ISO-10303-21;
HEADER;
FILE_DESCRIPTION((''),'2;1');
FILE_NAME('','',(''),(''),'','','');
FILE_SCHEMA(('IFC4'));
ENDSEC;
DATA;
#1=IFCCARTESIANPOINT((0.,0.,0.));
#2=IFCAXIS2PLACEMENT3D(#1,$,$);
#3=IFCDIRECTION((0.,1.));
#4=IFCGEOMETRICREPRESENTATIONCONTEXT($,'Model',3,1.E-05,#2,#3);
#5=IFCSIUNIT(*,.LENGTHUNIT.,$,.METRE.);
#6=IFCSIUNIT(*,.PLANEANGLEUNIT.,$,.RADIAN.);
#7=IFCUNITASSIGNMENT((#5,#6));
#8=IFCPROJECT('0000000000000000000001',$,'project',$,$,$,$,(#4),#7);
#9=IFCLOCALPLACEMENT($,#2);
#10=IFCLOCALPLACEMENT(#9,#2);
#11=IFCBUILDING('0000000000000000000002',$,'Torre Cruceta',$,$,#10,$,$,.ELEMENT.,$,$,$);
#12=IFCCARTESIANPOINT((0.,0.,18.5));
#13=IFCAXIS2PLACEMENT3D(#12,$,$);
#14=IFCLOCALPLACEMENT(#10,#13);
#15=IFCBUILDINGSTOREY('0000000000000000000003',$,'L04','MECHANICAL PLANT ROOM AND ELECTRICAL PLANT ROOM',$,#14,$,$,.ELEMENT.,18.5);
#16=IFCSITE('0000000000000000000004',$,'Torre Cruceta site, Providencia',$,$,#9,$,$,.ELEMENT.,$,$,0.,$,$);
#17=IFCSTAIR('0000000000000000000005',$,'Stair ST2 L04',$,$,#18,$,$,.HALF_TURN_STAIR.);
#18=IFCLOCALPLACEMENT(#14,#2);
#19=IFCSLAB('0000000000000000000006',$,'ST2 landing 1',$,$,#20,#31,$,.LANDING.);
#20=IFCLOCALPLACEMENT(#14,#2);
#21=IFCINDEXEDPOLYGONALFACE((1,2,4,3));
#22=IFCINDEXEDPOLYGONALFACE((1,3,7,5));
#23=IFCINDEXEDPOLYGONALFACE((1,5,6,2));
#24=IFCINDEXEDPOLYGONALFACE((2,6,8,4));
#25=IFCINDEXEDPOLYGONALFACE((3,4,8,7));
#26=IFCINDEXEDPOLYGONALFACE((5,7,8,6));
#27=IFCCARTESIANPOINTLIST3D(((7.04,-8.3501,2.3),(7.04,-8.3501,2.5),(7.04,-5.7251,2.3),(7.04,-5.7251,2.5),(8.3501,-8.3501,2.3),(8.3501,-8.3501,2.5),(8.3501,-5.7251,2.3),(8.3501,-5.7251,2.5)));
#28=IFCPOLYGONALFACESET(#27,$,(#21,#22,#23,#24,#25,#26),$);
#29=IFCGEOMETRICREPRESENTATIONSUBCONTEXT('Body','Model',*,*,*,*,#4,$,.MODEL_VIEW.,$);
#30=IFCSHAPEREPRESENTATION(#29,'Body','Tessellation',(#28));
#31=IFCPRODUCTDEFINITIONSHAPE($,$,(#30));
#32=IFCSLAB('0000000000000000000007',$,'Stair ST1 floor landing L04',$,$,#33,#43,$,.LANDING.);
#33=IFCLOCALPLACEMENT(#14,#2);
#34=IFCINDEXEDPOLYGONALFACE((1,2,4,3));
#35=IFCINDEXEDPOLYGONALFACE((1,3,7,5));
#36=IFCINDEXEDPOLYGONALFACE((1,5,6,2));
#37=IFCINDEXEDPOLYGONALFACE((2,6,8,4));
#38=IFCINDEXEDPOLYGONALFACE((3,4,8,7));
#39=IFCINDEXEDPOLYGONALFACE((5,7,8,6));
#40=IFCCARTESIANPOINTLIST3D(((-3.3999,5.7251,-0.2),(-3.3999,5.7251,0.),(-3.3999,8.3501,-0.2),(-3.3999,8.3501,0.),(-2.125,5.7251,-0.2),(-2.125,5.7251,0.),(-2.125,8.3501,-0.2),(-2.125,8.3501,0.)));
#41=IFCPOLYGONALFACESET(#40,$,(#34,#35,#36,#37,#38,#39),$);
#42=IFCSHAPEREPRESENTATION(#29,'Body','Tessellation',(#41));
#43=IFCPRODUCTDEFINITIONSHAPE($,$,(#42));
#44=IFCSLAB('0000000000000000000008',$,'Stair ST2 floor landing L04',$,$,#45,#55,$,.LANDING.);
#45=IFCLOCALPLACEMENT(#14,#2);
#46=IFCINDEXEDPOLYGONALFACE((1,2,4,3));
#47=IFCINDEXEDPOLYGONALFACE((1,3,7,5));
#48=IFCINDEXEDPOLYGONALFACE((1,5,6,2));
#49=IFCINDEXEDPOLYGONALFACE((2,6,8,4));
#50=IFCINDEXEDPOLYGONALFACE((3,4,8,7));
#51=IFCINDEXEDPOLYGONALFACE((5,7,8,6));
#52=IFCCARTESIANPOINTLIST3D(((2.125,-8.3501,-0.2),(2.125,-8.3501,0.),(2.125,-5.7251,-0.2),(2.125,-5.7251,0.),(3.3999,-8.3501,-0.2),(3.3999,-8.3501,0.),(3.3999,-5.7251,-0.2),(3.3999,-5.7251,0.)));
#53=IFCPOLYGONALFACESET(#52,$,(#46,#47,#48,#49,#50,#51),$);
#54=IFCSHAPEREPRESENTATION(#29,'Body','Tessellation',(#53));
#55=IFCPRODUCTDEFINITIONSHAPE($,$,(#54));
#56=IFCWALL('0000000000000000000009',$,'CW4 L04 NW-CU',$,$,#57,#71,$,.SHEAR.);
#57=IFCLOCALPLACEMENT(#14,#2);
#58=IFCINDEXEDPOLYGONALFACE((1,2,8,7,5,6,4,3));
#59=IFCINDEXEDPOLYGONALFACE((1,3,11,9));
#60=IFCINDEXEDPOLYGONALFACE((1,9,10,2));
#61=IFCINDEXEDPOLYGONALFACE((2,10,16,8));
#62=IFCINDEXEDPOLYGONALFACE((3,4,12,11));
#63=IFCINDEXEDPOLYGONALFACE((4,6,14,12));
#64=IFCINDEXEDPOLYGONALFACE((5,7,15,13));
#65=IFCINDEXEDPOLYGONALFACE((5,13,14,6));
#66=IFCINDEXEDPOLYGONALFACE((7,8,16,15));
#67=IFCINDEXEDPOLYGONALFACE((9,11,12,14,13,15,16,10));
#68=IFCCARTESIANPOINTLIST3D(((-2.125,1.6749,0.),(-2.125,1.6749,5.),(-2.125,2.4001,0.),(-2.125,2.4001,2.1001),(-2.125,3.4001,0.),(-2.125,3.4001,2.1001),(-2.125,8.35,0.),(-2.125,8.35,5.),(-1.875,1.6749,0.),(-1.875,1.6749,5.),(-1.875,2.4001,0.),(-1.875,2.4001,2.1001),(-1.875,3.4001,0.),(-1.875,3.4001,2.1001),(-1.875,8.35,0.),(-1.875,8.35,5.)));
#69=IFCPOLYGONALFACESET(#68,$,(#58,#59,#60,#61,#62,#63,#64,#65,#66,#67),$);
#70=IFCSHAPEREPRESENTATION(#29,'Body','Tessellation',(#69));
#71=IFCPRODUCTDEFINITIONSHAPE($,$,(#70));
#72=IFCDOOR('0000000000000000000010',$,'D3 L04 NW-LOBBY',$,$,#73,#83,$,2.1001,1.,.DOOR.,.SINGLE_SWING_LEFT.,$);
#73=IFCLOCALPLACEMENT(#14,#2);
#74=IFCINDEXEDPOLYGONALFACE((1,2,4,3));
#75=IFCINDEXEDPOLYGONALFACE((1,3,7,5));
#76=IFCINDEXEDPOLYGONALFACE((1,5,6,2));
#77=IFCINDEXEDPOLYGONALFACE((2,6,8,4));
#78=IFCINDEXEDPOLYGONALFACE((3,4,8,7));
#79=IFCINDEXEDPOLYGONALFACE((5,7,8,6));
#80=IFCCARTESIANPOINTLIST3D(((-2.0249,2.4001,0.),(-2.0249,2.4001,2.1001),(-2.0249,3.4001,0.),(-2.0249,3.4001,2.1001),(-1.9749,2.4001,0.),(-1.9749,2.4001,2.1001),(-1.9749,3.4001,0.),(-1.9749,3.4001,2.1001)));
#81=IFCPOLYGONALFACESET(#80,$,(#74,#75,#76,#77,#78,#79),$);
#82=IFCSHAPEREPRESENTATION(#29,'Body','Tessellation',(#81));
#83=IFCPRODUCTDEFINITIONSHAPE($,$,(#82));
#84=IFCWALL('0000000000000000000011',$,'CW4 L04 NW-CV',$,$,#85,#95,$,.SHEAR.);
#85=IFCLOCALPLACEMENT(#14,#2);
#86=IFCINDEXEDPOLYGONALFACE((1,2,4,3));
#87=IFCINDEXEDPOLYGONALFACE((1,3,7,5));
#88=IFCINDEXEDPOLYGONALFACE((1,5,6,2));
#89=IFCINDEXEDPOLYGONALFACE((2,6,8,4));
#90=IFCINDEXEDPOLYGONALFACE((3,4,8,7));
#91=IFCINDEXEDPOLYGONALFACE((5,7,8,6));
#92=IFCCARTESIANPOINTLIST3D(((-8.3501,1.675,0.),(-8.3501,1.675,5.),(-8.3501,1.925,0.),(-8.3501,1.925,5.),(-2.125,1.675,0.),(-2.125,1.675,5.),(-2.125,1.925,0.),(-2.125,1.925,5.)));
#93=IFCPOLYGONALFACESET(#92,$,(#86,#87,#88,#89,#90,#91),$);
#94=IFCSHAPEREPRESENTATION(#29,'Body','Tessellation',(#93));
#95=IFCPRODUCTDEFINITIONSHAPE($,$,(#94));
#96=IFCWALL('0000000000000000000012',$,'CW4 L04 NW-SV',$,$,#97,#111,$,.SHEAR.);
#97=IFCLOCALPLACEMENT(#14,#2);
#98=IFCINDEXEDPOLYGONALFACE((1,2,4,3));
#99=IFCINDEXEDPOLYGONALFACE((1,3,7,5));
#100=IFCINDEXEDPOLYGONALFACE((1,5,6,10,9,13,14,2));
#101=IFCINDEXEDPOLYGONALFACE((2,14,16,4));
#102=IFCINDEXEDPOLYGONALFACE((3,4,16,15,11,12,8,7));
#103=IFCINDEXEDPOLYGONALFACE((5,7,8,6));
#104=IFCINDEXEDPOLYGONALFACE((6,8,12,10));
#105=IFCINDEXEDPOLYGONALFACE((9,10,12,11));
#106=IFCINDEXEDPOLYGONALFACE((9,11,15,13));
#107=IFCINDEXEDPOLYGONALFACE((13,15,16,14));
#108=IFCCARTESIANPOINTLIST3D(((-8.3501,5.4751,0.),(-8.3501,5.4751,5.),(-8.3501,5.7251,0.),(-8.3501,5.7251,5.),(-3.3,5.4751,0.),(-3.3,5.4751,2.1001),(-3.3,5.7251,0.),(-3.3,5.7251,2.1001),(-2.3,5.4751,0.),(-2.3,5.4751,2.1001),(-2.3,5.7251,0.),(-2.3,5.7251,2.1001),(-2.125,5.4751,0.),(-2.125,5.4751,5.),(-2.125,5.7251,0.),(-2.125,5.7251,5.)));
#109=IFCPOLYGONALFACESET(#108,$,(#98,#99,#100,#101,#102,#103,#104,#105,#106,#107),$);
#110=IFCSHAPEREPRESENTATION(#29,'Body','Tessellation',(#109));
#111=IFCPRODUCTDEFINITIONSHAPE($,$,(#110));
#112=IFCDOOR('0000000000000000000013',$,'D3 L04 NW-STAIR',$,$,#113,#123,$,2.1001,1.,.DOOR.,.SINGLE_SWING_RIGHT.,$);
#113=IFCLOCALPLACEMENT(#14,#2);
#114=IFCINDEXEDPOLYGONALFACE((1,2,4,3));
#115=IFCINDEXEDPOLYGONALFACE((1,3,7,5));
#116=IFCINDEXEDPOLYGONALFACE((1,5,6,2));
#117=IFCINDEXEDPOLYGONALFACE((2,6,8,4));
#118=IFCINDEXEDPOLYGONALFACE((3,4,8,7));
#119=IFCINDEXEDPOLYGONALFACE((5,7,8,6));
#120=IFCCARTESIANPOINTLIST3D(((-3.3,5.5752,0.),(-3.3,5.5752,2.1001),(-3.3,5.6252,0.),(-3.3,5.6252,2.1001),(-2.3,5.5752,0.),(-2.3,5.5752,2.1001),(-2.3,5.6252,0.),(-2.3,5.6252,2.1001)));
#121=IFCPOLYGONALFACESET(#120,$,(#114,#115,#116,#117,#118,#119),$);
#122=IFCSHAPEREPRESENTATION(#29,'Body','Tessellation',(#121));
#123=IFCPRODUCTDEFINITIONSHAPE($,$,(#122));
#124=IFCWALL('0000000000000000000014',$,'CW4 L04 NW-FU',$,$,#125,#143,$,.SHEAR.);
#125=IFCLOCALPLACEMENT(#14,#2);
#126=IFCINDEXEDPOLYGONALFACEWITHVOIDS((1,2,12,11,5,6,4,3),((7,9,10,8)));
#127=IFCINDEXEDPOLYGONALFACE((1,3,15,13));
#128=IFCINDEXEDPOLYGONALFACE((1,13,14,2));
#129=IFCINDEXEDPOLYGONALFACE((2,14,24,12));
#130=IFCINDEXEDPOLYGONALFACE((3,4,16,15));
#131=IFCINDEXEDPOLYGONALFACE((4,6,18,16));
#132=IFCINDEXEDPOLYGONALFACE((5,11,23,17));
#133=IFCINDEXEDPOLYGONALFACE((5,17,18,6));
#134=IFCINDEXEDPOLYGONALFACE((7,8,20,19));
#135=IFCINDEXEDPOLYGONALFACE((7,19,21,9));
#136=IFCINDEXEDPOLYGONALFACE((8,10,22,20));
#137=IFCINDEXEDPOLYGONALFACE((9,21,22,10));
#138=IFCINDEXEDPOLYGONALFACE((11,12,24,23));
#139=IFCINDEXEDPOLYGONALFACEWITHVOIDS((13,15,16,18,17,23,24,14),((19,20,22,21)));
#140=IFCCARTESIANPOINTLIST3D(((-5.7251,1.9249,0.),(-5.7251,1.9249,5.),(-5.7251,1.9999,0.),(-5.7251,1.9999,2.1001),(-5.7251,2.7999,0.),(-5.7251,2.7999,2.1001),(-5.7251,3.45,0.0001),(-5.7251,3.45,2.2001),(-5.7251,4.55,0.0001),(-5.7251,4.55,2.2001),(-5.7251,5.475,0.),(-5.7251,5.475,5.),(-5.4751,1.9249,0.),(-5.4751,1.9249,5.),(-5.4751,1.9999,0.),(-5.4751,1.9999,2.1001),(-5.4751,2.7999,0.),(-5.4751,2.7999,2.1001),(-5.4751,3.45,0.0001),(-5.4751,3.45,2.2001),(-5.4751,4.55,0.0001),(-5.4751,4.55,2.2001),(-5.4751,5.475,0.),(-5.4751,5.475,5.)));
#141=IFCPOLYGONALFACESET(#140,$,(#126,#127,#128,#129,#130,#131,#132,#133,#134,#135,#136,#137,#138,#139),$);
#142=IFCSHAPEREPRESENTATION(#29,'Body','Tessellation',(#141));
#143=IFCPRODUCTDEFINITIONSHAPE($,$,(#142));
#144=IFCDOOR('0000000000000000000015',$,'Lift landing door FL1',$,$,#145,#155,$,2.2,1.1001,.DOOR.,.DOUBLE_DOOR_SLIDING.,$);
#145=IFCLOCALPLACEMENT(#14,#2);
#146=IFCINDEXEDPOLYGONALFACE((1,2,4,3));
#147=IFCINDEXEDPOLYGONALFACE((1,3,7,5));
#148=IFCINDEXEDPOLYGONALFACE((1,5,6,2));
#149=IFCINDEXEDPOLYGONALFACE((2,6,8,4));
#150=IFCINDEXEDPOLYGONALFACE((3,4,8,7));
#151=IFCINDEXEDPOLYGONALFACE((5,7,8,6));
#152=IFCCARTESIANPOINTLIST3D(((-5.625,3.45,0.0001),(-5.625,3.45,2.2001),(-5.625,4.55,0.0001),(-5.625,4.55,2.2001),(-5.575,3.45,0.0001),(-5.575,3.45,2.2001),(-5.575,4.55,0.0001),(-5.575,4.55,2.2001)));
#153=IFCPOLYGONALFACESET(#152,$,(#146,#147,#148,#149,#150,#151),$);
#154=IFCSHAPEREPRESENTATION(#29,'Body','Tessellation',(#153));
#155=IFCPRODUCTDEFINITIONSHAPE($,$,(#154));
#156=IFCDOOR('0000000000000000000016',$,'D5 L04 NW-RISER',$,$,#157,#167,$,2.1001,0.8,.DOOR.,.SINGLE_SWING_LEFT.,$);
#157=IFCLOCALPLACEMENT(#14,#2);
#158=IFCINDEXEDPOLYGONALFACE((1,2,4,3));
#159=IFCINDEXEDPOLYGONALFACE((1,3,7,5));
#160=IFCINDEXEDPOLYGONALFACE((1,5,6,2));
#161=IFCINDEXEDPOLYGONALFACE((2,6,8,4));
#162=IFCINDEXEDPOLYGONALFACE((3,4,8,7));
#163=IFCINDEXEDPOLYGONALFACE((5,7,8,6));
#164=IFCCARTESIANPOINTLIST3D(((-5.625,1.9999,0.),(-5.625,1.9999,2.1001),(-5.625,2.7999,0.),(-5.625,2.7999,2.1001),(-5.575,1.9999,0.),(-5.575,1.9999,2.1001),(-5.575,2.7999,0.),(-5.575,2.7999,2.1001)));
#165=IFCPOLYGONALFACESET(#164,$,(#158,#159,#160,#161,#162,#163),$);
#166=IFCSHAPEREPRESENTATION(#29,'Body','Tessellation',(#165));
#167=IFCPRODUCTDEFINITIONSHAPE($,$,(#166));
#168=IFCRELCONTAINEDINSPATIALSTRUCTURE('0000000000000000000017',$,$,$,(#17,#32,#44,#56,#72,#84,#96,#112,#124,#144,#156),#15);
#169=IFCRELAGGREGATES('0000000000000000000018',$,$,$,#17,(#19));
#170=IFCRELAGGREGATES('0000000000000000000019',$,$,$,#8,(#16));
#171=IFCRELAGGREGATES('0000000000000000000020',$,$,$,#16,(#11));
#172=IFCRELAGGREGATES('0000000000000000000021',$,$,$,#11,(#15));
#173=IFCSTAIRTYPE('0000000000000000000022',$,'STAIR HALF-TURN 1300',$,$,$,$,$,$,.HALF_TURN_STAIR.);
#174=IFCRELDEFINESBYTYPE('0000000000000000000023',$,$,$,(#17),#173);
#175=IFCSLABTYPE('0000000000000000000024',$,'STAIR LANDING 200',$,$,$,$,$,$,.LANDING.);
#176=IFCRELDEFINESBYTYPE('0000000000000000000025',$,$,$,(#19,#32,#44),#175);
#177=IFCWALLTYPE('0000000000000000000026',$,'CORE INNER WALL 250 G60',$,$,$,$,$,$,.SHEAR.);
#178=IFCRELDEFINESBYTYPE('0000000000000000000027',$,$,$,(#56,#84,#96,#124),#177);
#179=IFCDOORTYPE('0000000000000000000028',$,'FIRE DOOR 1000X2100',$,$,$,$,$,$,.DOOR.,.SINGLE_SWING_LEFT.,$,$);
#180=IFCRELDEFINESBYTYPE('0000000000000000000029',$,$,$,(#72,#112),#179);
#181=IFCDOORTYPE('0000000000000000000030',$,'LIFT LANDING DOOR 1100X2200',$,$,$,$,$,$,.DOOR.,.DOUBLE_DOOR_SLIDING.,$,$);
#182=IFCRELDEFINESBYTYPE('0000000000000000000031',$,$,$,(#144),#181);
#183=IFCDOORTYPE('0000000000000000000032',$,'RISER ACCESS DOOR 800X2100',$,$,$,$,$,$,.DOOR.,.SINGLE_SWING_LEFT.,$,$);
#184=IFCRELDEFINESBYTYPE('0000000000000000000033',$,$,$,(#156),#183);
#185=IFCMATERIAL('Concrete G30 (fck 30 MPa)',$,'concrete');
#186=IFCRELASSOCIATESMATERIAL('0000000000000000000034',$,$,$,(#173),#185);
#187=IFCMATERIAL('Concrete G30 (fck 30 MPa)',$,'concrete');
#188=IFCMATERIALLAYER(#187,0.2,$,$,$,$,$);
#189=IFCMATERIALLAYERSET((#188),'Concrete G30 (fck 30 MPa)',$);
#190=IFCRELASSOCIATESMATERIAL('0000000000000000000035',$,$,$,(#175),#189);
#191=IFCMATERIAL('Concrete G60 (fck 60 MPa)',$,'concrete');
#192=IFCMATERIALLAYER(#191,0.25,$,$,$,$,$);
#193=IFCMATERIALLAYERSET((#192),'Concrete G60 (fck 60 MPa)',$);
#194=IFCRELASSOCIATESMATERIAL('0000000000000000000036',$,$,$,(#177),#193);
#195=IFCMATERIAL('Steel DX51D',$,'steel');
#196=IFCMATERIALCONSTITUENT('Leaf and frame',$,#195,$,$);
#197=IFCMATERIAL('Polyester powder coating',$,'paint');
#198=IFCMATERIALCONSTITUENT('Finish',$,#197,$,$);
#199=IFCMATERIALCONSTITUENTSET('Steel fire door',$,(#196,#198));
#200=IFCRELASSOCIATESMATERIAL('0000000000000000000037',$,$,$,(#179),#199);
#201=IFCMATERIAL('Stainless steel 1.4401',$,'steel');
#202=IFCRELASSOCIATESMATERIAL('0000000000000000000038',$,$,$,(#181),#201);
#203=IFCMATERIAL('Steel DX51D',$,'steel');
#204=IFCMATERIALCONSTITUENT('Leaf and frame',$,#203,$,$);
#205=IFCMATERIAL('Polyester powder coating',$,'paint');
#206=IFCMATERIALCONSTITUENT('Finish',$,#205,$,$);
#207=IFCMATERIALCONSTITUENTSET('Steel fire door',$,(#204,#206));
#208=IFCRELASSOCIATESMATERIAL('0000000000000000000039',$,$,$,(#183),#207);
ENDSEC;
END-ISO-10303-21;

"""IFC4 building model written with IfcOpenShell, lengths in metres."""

from ifc_helpers import new_model, si_unit, direction, frame, frame_2d, origin, place, context, subcontext, project, spatial, polyline, rectangle, outline, extrude, material, layer, layer_set, constituent, constituent_set, type_object, element, fill, aggregate, save


model = new_model("IFC4")

# Units and contexts
model_context = context("Model", 3, precision=1e-05, world=origin(), true_north=direction((0.0, 1.0)))
body_context = subcontext(model_context, "Body", "Model", "MODEL_VIEW")
ifc_project = project(units=[si_unit("LENGTHUNIT", "METRE"), si_unit("PLANEANGLEUNIT", "RADIAN")], contexts=[model_context])

# Site, building, storey
site_placement = place(None, origin())
site = spatial("IfcSite", under=ifc_project, at=site_placement, Name="Torre Cruceta site, Providencia", CompositionType="ELEMENT", RefElevation=0.0)
building_placement = place(site_placement, origin())
building = spatial("IfcBuilding", under=site, at=building_placement, Name="Torre Cruceta", CompositionType="ELEMENT")
storey_placement = place(building_placement, frame((0.0, 0.0, 18.5)))
storey = spatial("IfcBuildingStorey", under=building, at=storey_placement, Name="L04", Description="MECHANICAL PLANT ROOM AND ELECTRICAL PLANT ROOM", CompositionType="ELEMENT", Elevation=18.5)

# Stair, slab
ifc_material_1 = material(Name="Concrete G30 (fck 30 MPa)", Category="concrete")
stair_type = type_object("IfcStairType", Name="STAIR HALF-TURN 1300", PredefinedType="HALF_TURN_STAIR", material=ifc_material_1)
ifc_material_2 = material(Name="Concrete G30 (fck 30 MPa)", Category="concrete")
ifc_layer_1 = layer(ifc_material_2, 0.2)
ifc_layer_set_1 = layer_set([ifc_layer_1], Name="Concrete G30 (fck 30 MPa)")
slab_type = type_object("IfcSlabType", Name="STAIR LANDING 200", PredefinedType="LANDING", material=ifc_layer_set_1)
stair_1_placement = place(storey_placement, origin())
stair_1 = element("IfcStair", 1, at=stair_1_placement, inside=storey, type_object=stair_type, Name="Stair ST2 L04", PredefinedType="HALF_TURN_STAIR")
slab_1_placement = place(storey_placement, frame((0.0, 0.0, 2.3)))
slab_1 = element("IfcSlab", 2, at=slab_1_placement, type_object=slab_type, Name="ST2 landing 1", PredefinedType="LANDING", context=body_context, shape_type="SweptSolid", body=[
    extrude(outline(polyline([(7.04, -8.3501), (8.3501, -8.3501), (8.3501, -5.7251), (7.04, -5.7251), (7.04, -8.3501)])), origin(), (0.0, 0.0, 1.0), 0.2),
])
aggregate(stair_1, [slab_1])

# Slabs
slab_2_placement = place(storey_placement, frame((0.0, 0.0, -0.2)))
element("IfcSlab", 3, at=slab_2_placement, inside=storey, type_object=slab_type, Name="Stair ST1 floor landing L04", PredefinedType="LANDING", context=body_context, shape_type="SweptSolid", body=[
    extrude(outline(polyline([(-2.125, 8.3501), (-2.125, 5.7251), (-3.3999, 5.7251), (-3.3999, 8.3501), (-2.125, 8.3501)])), origin(), (0.0, 0.0, 1.0), 0.2),
])
slab_3_placement = place(storey_placement, frame((0.0, 0.0, -0.2)))
element("IfcSlab", 4, at=slab_3_placement, inside=storey, type_object=slab_type, Name="Stair ST2 floor landing L04", PredefinedType="LANDING", context=body_context, shape_type="SweptSolid", body=[
    extrude(outline(polyline([(2.125, -8.3501), (2.125, -5.7251), (3.3999, -5.7251), (3.3999, -8.3501), (2.125, -8.3501)])), origin(), (0.0, 0.0, 1.0), 0.2),
])

# Wall, opening, door
ifc_material_3 = material(Name="Concrete G60 (fck 60 MPa)", Category="concrete")
ifc_layer_2 = layer(ifc_material_3, 0.25)
ifc_layer_set_2 = layer_set([ifc_layer_2], Name="Concrete G60 (fck 60 MPa)")
wall_type_1 = type_object("IfcWallType", Name="CORE INNER WALL 250 G60", PredefinedType="SHEAR", material=ifc_layer_set_2)
wall_1_placement = place(storey_placement, frame((-2.0, 1.675, 0.0), z_axis=(0.0, 0.0, 1.0), x_axis=(0.0, 1.0, 0.0)))
wall_1 = element("IfcWall", 5, at=wall_1_placement, inside=storey, type_object=wall_type_1, Name="CW4 L04 NW-CU", PredefinedType="SHEAR", context=body_context, shape_type="SweptSolid", body=[
    extrude(rectangle(XDim=6.675, YDim=0.25, at=frame_2d((3.3374, 0.0))), origin(), (0.0, 0.0, 1.0), 5.0),
])
opening_1_placement = place(wall_1_placement, frame((0.7251, 0.0, 0.0)))
opening_1 = element("IfcOpeningElement", 6, at=opening_1_placement, cuts=wall_1, PredefinedType="OPENING", context=body_context, shape_type="SweptSolid", body=[
    extrude(rectangle(XDim=1.0, YDim=2.1001, at=frame_2d((0.5, 1.05))), frame((0.0, 0.135, 0.0), z_axis=(0.0, -1.0, 0.0), x_axis=(1.0, 0.0, 0.0)), (0.0, 0.0, 1.0), 0.27),
])
ifc_material_4 = material(Name="Steel DX51D", Category="steel")
ifc_constituent_1 = constituent(ifc_material_4, Name="Leaf and frame")
ifc_material_5 = material(Name="Polyester powder coating", Category="paint")
ifc_constituent_2 = constituent(ifc_material_5, Name="Finish")
ifc_constituent_set_1 = constituent_set(constituents=[ifc_constituent_1, ifc_constituent_2], Name="Steel fire door")
door_type_1 = type_object("IfcDoorType", Name="FIRE DOOR 1000X2100", OperationType="SINGLE_SWING_LEFT", PredefinedType="DOOR", material=ifc_constituent_set_1)
door_1_placement = place(opening_1_placement, origin())
door_1 = element("IfcDoor", 7, at=door_1_placement, inside=storey, type_object=door_type_1, Name="D3 L04 NW-LOBBY", OperationType="SINGLE_SWING_LEFT", OverallHeight=2.1001, OverallWidth=1.0, PredefinedType="DOOR", context=body_context, shape_type="SweptSolid", body=[
    extrude(rectangle(XDim=1.0, YDim=2.1001, at=frame_2d((0.5, 1.05))), frame((0.0, 0.0249, 0.0), z_axis=(0.0, -1.0, 0.0), x_axis=(1.0, 0.0, 0.0)), (0.0, 0.0, 1.0), 0.05),
])
fill(opening_1, door_1)

# Wall
wall_2_placement = place(storey_placement, frame((-2.125, 1.8, 0.0), z_axis=(0.0, 0.0, 1.0), x_axis=(-1.0, 0.0, 0.0)))
element("IfcWall", 8, at=wall_2_placement, inside=storey, type_object=wall_type_1, Name="CW4 L04 NW-CV", PredefinedType="SHEAR", context=body_context, shape_type="SweptSolid", body=[
    extrude(rectangle(XDim=6.2251, YDim=0.25, at=frame_2d((3.1125, 0.0))), origin(), (0.0, 0.0, 1.0), 5.0),
])

# Wall, opening, door
wall_3_placement = place(storey_placement, frame((-2.125, 5.6001, 0.0), z_axis=(0.0, 0.0, 1.0), x_axis=(-1.0, 0.0, 0.0)))
wall_3 = element("IfcWall", 9, at=wall_3_placement, inside=storey, type_object=wall_type_1, Name="CW4 L04 NW-SV", PredefinedType="SHEAR", context=body_context, shape_type="SweptSolid", body=[
    extrude(rectangle(XDim=6.2251, YDim=0.25, at=frame_2d((3.1125, 0.0))), origin(), (0.0, 0.0, 1.0), 5.0),
])
opening_2_placement = place(wall_3_placement, frame((0.175, 0.0, 0.0)))
opening_2 = element("IfcOpeningElement", 10, at=opening_2_placement, cuts=wall_3, PredefinedType="OPENING", context=body_context, shape_type="SweptSolid", body=[
    extrude(rectangle(XDim=1.0, YDim=2.1001, at=frame_2d((0.5, 1.05))), frame((0.0, 0.135, 0.0), z_axis=(0.0, -1.0, 0.0), x_axis=(1.0, 0.0, 0.0)), (0.0, 0.0, 1.0), 0.27),
])
door_2_placement = place(opening_2_placement, frame((1.0, 0.0, 0.0), z_axis=(0.0, 0.0, 1.0), x_axis=(-1.0, 0.0, 0.0)))
door_2 = element("IfcDoor", 11, at=door_2_placement, inside=storey, type_object=door_type_1, Name="D3 L04 NW-STAIR", OperationType="SINGLE_SWING_RIGHT", OverallHeight=2.1001, OverallWidth=1.0, PredefinedType="DOOR", context=body_context, shape_type="SweptSolid", body=[
    extrude(rectangle(XDim=1.0, YDim=2.1001, at=frame_2d((0.5, 1.05))), frame((0.0, 0.0251, 0.0), z_axis=(0.0, -1.0, 0.0), x_axis=(1.0, 0.0, 0.0)), (0.0, 0.0, 1.0), 0.05),
])
fill(opening_2, door_2)

# Wall, openings, doors
wall_4_placement = place(storey_placement, frame((-5.6001, 1.925, 0.0), z_axis=(0.0, 0.0, 1.0), x_axis=(0.0, 1.0, 0.0)))
wall_4 = element("IfcWall", 12, at=wall_4_placement, inside=storey, type_object=wall_type_1, Name="CW4 L04 NW-FU", PredefinedType="SHEAR", context=body_context, shape_type="SweptSolid", body=[
    extrude(rectangle(XDim=3.55, YDim=0.25, at=frame_2d((1.7749, 0.0))), origin(), (0.0, 0.0, 1.0), 5.0),
])
opening_3_placement = place(wall_4_placement, frame((1.5249, 0.0, 0.0)))
opening_3 = element("IfcOpeningElement", 13, at=opening_3_placement, cuts=wall_4, PredefinedType="OPENING", context=body_context, shape_type="SweptSolid", body=[
    extrude(rectangle(XDim=1.1001, YDim=2.2, at=frame_2d((0.55, 1.1001))), frame((0.0, 0.135, 0.0), z_axis=(0.0, -1.0, 0.0), x_axis=(1.0, 0.0, 0.0)), (0.0, 0.0, 1.0), 0.27),
])
opening_4_placement = place(wall_4_placement, frame((0.075, 0.0, 0.0)))
opening_4 = element("IfcOpeningElement", 14, at=opening_4_placement, cuts=wall_4, PredefinedType="OPENING", context=body_context, shape_type="SweptSolid", body=[
    extrude(rectangle(XDim=0.8, YDim=2.1001, at=frame_2d((0.3999, 1.05))), frame((0.0, 0.135, 0.0), z_axis=(0.0, -1.0, 0.0), x_axis=(1.0, 0.0, 0.0)), (0.0, 0.0, 1.0), 0.27),
])
ifc_material_6 = material(Name="Stainless steel 1.4401", Category="steel")
door_type_2 = type_object("IfcDoorType", Name="LIFT LANDING DOOR 1100X2200", OperationType="DOUBLE_DOOR_SLIDING", PredefinedType="DOOR", material=ifc_material_6)
door_3_placement = place(opening_3_placement, origin())
door_3 = element("IfcDoor", 15, at=door_3_placement, inside=storey, type_object=door_type_2, Name="Lift landing door FL1", OperationType="DOUBLE_DOOR_SLIDING", OverallHeight=2.2, OverallWidth=1.1001, PredefinedType="DOOR", context=body_context, shape_type="SweptSolid", body=[
    extrude(rectangle(XDim=1.1001, YDim=2.2, at=frame_2d((0.55, 1.1001))), frame((0.0, 0.0249, 0.0), z_axis=(0.0, -1.0, 0.0), x_axis=(1.0, 0.0, 0.0)), (0.0, 0.0, 1.0), 0.05),
])
fill(opening_3, door_3)
ifc_material_7 = material(Name="Steel DX51D", Category="steel")
ifc_constituent_3 = constituent(ifc_material_7, Name="Leaf and frame")
ifc_material_8 = material(Name="Polyester powder coating", Category="paint")
ifc_constituent_4 = constituent(ifc_material_8, Name="Finish")
ifc_constituent_set_2 = constituent_set(constituents=[ifc_constituent_3, ifc_constituent_4], Name="Steel fire door")
door_type_3 = type_object("IfcDoorType", Name="RISER ACCESS DOOR 800X2100", OperationType="SINGLE_SWING_LEFT", PredefinedType="DOOR", material=ifc_constituent_set_2)
door_4_placement = place(opening_4_placement, origin())
door_4 = element("IfcDoor", 16, at=door_4_placement, inside=storey, type_object=door_type_3, Name="D5 L04 NW-RISER", OperationType="SINGLE_SWING_LEFT", OverallHeight=2.1001, OverallWidth=0.8, PredefinedType="DOOR", context=body_context, shape_type="SweptSolid", body=[
    extrude(rectangle(XDim=0.8, YDim=2.1001, at=frame_2d((0.3999, 1.05))), frame((0.0, 0.0249, 0.0), z_axis=(0.0, -1.0, 0.0), x_axis=(1.0, 0.0, 0.0)), (0.0, 0.0, 1.0), 0.05),
])
fill(opening_4, door_4)

save(model, "model.ifc")
